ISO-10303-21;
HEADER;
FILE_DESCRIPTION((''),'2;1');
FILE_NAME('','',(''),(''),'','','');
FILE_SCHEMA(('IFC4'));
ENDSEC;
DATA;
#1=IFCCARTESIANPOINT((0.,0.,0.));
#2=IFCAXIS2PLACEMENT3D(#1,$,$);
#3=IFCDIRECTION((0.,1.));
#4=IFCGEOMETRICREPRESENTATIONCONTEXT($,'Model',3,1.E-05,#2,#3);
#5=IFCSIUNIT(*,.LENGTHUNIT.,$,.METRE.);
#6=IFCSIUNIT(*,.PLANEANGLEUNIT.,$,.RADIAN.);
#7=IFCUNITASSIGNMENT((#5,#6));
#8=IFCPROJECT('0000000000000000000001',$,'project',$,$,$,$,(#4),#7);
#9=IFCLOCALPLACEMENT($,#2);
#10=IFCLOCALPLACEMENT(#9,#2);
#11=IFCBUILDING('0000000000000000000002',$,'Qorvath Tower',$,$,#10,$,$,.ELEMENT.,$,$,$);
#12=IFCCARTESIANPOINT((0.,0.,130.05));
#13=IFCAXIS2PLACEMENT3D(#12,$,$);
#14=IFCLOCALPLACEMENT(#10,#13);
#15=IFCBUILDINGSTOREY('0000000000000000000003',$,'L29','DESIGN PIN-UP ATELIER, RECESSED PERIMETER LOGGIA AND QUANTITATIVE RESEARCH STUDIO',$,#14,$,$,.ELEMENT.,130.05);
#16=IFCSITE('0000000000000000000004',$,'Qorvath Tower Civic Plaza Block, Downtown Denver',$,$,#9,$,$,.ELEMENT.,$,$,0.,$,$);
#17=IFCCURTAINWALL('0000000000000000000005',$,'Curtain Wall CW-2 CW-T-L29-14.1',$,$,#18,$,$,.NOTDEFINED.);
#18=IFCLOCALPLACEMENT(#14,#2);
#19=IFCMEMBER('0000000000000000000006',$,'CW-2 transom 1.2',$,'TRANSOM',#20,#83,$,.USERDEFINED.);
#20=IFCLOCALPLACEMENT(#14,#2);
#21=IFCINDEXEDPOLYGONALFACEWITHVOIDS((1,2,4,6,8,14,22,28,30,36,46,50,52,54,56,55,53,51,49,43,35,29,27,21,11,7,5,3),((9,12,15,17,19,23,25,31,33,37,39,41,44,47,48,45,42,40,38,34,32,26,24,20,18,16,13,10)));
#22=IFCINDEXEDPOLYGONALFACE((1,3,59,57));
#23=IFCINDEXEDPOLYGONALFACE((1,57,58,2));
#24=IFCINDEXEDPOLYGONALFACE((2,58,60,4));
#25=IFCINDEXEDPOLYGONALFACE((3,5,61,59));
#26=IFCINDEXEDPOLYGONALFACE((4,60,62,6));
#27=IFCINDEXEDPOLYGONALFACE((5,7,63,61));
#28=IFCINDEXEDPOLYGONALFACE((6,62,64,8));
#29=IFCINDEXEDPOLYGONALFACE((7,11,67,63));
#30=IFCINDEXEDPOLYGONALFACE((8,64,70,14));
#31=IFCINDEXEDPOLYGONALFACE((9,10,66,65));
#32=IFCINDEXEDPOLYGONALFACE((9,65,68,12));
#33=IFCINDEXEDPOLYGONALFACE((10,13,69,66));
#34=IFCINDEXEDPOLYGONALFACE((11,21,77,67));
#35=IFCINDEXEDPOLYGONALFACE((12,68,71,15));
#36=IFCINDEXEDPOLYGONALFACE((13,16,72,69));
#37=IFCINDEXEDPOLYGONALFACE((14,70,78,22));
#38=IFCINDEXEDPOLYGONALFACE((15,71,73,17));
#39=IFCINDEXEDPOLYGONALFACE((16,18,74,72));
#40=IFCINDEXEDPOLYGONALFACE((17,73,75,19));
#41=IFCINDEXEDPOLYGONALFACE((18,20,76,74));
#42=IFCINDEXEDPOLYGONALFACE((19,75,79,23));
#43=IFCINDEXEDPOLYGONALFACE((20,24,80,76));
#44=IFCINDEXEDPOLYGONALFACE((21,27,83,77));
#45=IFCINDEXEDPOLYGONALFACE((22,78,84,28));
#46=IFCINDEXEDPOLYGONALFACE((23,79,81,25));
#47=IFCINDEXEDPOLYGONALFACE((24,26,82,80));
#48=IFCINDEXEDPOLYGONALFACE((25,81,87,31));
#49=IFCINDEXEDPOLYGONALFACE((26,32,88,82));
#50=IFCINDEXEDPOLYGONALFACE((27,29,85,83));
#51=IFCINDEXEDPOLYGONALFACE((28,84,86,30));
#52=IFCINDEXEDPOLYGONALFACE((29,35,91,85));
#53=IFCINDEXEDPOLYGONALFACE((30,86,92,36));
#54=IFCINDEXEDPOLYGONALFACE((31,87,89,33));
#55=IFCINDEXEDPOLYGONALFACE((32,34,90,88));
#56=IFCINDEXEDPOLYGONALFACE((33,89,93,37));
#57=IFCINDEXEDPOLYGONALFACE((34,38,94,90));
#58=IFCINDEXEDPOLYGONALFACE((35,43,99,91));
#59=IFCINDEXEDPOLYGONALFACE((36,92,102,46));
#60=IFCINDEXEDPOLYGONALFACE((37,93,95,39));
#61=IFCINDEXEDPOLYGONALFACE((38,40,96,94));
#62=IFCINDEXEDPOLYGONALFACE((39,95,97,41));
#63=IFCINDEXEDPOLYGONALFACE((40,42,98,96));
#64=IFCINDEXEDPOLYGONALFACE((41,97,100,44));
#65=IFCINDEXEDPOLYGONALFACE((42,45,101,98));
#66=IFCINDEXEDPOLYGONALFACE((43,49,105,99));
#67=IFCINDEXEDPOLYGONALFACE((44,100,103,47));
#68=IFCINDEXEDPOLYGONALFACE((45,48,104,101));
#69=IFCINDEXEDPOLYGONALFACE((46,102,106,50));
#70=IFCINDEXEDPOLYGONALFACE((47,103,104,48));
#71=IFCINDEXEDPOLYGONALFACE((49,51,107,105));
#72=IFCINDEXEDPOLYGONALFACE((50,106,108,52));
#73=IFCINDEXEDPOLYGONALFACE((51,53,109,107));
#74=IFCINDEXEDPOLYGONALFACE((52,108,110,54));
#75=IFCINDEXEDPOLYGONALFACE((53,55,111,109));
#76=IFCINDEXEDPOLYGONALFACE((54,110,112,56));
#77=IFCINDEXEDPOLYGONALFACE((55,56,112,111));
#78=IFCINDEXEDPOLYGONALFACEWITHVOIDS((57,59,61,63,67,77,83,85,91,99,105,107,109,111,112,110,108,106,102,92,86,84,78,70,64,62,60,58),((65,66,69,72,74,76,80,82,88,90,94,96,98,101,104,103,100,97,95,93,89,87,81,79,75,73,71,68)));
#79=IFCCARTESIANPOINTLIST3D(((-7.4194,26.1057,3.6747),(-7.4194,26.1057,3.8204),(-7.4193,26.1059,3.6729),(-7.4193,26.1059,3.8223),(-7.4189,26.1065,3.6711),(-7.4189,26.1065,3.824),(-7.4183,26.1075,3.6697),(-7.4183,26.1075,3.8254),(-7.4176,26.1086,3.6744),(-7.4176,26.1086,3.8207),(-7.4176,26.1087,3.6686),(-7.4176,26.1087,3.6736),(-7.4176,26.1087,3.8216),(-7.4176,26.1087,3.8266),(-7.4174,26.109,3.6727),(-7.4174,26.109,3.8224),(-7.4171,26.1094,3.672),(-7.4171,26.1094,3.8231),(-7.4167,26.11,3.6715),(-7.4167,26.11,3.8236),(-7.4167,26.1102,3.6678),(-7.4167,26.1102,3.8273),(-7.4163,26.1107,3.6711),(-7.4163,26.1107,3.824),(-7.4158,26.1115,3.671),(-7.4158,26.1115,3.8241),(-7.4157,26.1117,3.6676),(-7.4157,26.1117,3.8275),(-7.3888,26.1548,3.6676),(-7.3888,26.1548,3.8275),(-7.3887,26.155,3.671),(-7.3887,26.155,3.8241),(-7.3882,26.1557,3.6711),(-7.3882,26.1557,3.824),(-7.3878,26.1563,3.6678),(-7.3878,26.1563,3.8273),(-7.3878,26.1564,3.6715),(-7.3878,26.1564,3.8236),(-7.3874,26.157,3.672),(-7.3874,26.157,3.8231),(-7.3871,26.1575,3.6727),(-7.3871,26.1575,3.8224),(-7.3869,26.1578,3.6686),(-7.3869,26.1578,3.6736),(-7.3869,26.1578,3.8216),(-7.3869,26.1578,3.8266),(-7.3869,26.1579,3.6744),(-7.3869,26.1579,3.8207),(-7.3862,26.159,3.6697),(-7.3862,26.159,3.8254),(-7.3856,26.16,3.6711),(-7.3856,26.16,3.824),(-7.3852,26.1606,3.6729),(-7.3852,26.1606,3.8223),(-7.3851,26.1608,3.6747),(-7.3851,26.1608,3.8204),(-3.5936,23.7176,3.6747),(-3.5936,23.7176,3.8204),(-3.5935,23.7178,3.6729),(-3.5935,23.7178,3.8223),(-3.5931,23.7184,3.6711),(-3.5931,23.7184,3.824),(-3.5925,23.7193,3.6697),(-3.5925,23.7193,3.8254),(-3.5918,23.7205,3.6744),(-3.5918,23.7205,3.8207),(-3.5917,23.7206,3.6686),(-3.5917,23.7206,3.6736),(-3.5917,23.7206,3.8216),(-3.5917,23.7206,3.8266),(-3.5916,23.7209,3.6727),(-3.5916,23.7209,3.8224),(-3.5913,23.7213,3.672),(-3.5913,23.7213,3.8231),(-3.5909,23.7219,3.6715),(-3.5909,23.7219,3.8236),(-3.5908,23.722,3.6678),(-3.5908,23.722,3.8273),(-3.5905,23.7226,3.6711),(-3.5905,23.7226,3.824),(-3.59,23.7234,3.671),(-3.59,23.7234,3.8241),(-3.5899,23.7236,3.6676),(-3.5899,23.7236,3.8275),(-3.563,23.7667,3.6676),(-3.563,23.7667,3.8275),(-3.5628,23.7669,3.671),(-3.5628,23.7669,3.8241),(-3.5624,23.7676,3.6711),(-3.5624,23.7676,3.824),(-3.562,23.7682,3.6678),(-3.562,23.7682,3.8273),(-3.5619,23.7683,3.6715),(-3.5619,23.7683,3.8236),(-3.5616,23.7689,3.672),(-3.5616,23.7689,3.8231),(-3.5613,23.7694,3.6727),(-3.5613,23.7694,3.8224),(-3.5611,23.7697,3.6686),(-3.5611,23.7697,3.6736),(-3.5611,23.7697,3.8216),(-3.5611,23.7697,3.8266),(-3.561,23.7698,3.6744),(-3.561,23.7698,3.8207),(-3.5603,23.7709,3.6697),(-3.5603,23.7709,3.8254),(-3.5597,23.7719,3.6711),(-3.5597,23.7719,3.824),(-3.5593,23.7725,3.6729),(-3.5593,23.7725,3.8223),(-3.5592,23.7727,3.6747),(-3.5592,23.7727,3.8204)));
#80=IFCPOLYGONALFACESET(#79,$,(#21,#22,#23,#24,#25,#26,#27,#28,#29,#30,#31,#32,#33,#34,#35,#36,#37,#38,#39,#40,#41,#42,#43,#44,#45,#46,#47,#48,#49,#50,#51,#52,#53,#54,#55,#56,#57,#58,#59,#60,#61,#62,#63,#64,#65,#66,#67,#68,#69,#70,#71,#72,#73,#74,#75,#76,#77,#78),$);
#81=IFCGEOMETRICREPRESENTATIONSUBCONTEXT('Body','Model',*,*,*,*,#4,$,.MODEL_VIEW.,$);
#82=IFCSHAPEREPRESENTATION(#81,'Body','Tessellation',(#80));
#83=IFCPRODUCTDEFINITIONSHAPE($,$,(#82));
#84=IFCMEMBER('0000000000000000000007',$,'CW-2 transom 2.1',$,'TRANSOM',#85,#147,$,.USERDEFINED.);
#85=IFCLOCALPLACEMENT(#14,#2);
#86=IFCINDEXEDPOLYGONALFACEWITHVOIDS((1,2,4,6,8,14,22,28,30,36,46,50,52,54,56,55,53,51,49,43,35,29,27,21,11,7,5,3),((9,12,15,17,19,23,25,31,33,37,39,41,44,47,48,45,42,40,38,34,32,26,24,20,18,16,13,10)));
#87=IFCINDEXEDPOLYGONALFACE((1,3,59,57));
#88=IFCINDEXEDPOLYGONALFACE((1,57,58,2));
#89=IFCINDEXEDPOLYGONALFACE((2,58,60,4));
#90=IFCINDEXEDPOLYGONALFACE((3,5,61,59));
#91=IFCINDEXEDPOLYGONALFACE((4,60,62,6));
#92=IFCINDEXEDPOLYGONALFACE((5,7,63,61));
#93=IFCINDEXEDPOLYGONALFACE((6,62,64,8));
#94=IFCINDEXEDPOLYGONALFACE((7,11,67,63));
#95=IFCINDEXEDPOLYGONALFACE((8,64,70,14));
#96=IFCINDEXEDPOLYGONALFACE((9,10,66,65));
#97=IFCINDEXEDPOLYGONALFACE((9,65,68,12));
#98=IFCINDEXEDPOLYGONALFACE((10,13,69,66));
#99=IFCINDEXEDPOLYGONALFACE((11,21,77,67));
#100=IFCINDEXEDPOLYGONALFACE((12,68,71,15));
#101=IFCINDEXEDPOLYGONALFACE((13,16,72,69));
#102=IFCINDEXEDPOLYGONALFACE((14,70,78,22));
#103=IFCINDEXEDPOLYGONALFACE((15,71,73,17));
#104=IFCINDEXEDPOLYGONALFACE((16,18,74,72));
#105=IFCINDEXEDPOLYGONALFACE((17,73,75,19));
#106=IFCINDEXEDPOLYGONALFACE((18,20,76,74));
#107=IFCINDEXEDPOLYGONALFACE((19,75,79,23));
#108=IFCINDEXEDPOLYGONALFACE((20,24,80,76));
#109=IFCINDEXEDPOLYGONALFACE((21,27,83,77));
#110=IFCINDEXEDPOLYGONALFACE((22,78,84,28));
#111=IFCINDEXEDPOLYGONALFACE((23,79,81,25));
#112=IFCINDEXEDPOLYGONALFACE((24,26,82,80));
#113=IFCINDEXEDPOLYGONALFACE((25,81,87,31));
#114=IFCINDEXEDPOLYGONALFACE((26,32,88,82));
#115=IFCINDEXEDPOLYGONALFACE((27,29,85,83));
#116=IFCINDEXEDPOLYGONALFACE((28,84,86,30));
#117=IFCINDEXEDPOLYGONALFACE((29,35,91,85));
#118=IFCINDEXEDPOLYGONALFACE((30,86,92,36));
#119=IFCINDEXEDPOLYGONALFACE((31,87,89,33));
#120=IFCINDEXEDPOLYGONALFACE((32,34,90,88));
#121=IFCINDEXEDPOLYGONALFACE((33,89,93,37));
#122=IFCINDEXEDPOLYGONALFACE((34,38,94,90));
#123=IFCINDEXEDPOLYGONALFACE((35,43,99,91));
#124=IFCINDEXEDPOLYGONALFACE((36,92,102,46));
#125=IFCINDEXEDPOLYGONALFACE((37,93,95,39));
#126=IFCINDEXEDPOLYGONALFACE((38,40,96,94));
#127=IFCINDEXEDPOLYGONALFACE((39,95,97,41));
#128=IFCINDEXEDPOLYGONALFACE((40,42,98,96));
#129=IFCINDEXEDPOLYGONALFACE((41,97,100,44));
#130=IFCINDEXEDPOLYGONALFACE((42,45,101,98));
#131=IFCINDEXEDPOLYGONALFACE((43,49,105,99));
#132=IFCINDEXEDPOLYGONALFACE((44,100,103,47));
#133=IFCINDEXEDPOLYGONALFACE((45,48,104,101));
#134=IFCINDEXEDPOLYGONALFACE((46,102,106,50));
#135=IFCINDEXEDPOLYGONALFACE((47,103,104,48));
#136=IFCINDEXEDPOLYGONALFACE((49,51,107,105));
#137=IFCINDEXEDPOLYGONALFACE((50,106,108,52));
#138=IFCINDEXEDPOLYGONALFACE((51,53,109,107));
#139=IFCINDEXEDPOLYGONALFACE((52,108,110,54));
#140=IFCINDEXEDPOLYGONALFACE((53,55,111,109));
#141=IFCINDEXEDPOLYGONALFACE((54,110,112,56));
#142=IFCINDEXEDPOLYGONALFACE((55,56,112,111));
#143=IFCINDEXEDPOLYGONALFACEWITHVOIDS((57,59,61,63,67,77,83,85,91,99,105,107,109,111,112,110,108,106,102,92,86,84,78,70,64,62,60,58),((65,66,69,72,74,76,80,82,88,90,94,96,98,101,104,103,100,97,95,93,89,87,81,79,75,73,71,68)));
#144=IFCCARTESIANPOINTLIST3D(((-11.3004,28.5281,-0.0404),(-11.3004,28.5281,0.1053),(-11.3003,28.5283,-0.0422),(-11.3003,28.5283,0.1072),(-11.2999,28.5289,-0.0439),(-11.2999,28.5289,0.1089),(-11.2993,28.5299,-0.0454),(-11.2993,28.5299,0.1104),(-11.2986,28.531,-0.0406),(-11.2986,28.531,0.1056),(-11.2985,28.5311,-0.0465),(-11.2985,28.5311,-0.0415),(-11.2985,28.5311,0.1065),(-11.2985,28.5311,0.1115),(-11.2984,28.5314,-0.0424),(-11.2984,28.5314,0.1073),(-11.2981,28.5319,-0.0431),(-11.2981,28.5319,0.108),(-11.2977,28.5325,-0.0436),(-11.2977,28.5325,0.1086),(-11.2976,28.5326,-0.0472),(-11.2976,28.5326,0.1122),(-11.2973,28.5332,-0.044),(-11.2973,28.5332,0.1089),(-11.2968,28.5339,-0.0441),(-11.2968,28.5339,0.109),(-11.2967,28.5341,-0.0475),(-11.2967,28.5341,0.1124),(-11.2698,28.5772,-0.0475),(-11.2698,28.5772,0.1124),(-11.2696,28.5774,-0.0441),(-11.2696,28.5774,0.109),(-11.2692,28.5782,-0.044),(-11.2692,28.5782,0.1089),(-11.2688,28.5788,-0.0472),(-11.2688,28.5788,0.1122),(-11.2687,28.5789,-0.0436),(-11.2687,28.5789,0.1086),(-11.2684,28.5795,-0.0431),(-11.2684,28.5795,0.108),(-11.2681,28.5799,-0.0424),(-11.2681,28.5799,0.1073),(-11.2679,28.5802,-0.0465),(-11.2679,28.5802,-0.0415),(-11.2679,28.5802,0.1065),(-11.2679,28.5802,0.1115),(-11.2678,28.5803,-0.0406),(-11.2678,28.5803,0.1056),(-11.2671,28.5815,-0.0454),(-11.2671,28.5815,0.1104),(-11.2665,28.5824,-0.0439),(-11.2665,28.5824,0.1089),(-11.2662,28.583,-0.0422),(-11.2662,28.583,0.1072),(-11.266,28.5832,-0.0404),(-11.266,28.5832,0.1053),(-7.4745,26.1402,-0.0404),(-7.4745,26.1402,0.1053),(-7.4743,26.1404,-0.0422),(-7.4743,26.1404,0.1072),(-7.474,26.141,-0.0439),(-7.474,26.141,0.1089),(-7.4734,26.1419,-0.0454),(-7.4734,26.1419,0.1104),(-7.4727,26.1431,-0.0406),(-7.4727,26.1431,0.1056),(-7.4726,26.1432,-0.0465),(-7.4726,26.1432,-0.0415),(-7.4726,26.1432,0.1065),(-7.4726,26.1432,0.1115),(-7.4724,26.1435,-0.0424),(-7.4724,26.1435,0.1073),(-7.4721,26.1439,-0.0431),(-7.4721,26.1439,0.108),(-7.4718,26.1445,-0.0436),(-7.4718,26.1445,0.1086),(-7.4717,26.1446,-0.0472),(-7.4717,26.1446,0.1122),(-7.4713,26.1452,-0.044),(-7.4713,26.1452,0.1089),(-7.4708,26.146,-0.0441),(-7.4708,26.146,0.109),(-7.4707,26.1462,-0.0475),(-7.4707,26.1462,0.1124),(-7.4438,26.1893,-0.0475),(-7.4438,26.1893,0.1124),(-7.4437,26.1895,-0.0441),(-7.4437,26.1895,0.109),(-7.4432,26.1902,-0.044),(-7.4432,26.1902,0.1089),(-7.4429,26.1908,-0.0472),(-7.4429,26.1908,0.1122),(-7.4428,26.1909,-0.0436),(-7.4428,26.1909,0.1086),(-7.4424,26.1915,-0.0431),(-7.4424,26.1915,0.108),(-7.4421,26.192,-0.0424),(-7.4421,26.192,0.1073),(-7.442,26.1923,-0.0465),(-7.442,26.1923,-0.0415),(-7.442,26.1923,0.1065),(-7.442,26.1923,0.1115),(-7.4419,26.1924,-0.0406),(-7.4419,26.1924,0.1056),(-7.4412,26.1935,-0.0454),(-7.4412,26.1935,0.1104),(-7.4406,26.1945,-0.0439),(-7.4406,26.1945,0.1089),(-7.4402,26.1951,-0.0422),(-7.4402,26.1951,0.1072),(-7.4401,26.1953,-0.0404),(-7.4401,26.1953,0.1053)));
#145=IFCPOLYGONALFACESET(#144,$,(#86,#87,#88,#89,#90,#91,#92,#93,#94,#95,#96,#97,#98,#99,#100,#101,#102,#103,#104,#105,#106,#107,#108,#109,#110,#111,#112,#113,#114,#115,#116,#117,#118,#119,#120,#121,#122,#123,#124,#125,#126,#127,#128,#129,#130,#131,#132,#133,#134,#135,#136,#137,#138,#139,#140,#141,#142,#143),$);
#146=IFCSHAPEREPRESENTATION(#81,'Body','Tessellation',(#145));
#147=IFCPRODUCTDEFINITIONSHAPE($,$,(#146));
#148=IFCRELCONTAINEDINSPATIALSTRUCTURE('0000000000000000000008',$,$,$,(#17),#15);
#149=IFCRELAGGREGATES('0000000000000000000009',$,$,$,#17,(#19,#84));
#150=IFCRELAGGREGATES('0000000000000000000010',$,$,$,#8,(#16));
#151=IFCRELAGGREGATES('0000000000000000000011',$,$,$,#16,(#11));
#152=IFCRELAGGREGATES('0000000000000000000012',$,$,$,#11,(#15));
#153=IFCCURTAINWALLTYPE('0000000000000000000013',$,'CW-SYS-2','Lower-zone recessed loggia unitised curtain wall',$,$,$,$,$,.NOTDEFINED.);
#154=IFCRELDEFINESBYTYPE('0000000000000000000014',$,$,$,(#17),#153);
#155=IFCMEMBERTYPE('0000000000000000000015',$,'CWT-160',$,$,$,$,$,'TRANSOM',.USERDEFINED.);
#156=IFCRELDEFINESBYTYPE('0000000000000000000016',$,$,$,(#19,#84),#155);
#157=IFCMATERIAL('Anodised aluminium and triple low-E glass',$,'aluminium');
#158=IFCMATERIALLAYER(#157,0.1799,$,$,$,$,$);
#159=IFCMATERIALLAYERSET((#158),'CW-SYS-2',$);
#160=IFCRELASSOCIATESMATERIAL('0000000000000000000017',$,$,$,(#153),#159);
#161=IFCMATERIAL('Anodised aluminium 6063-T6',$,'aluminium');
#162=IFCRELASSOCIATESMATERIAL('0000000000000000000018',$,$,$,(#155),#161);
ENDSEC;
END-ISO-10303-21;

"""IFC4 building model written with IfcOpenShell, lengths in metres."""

from ifc_helpers import new_model, si_unit, direction, frame, origin, origin_2d, place, context, subcontext, project, spatial, hollow_rectangle, extrude, material, layer, layer_set, material_profile, profile_set, type_object, element, aggregate, save


model = new_model("IFC4")

# Units and contexts
model_context = context("Model", 3, precision=1e-05, world=origin(), true_north=direction((0.0, 1.0)))
body_context = subcontext(model_context, "Body", "Model", "MODEL_VIEW")
ifc_project = project(units=[si_unit("LENGTHUNIT", "METRE"), si_unit("PLANEANGLEUNIT", "RADIAN")], contexts=[model_context])

# Site, building, storey
site_placement = place(None, origin())
site = spatial("IfcSite", under=ifc_project, at=site_placement, Name="Qorvath Tower Civic Plaza Block, Downtown Denver", CompositionType="ELEMENT", RefElevation=0.0)
building_placement = place(site_placement, origin())
building = spatial("IfcBuilding", under=site, at=building_placement, Name="Qorvath Tower", CompositionType="ELEMENT")
storey_placement = place(building_placement, frame((0.0, 0.0, 130.05)))
storey = spatial("IfcBuildingStorey", under=building, at=storey_placement, Name="L29", Description="DESIGN PIN-UP ATELIER, RECESSED PERIMETER LOGGIA AND QUANTITATIVE RESEARCH STUDIO", CompositionType="ELEMENT", Elevation=130.05)

# Shared definitions
ifc_material_1 = material(Name="Anodised aluminium and triple low-E glass", Category="aluminium")
ifc_layer_1 = layer(ifc_material_1, 0.1799)
ifc_layer_set_1 = layer_set([ifc_layer_1], Name="CW-SYS-2")
curtain_wall_type = type_object("IfcCurtainWallType", Name="CW-SYS-2", Description="Lower-zone recessed loggia unitised curtain wall", PredefinedType="NOTDEFINED", material=ifc_layer_set_1)

# Curtain wall
curtain_wall_1_placement = place(storey_placement, origin())
curtain_wall_1 = element("IfcCurtainWall", 1, at=curtain_wall_1_placement, inside=storey, type_object=curtain_wall_type, Name="Curtain Wall CW-2 CW-T-L29-14.1", PredefinedType="NOTDEFINED")

# Members
ifc_material_2 = material(Name="Anodised aluminium 6063-T6", Category="aluminium")
ifc_material_profile_1 = material_profile(ifc_material_2, hollow_rectangle(XDim=0.0649, YDim=0.1599, WallThickness=0.0034, InnerFilletRadius=0.0034, OuterFilletRadius=0.0071, at=origin_2d()), Name="CWT 160x65")
ifc_profile_set_1 = profile_set([ifc_material_profile_1], Name="Anodised aluminium 6063-T6")
member_type_1 = type_object("IfcMemberType", Name="CWT-160", ElementType="TRANSOM", PredefinedType="USERDEFINED", material=ifc_profile_set_1)
member_1_placement = place(storey_placement, frame((-3.5764, 23.7451, 3.7476), z_axis=(-0.848299, 0.529517, 0.0), x_axis=(-0.529517, -0.848299, 0.0)))
member_1 = element("IfcMember", 2, at=member_1_placement, type_object=member_type_1, Name="CW-2 transom 1.2", ObjectType="TRANSOM", PredefinedType="USERDEFINED", context=body_context, shape_type="SweptSolid", body=[
    extrude(hollow_rectangle(XDim=0.0649, YDim=0.1599, WallThickness=0.0034, InnerFilletRadius=0.0034, OuterFilletRadius=0.0071, at=origin_2d()), origin(), (0.0, 0.0, 1.0), 4.51),
])
member_2_placement = place(storey_placement, frame((-7.4573, 26.1677, 0.0325), z_axis=(-0.848324, 0.529478, 0.0), x_axis=(-0.529478, -0.848324, 0.0)))
member_2 = element("IfcMember", 3, at=member_2_placement, type_object=member_type_1, Name="CW-2 transom 2.1", ObjectType="TRANSOM", PredefinedType="USERDEFINED", context=body_context, shape_type="SweptSolid", body=[
    extrude(hollow_rectangle(XDim=0.0649, YDim=0.1599, WallThickness=0.0034, InnerFilletRadius=0.0034, OuterFilletRadius=0.0071, at=origin_2d()), origin(), (0.0, 0.0, 1.0), 4.51),
])

aggregate(curtain_wall_1, [member_1, member_2])

save(model, "model.ifc")
